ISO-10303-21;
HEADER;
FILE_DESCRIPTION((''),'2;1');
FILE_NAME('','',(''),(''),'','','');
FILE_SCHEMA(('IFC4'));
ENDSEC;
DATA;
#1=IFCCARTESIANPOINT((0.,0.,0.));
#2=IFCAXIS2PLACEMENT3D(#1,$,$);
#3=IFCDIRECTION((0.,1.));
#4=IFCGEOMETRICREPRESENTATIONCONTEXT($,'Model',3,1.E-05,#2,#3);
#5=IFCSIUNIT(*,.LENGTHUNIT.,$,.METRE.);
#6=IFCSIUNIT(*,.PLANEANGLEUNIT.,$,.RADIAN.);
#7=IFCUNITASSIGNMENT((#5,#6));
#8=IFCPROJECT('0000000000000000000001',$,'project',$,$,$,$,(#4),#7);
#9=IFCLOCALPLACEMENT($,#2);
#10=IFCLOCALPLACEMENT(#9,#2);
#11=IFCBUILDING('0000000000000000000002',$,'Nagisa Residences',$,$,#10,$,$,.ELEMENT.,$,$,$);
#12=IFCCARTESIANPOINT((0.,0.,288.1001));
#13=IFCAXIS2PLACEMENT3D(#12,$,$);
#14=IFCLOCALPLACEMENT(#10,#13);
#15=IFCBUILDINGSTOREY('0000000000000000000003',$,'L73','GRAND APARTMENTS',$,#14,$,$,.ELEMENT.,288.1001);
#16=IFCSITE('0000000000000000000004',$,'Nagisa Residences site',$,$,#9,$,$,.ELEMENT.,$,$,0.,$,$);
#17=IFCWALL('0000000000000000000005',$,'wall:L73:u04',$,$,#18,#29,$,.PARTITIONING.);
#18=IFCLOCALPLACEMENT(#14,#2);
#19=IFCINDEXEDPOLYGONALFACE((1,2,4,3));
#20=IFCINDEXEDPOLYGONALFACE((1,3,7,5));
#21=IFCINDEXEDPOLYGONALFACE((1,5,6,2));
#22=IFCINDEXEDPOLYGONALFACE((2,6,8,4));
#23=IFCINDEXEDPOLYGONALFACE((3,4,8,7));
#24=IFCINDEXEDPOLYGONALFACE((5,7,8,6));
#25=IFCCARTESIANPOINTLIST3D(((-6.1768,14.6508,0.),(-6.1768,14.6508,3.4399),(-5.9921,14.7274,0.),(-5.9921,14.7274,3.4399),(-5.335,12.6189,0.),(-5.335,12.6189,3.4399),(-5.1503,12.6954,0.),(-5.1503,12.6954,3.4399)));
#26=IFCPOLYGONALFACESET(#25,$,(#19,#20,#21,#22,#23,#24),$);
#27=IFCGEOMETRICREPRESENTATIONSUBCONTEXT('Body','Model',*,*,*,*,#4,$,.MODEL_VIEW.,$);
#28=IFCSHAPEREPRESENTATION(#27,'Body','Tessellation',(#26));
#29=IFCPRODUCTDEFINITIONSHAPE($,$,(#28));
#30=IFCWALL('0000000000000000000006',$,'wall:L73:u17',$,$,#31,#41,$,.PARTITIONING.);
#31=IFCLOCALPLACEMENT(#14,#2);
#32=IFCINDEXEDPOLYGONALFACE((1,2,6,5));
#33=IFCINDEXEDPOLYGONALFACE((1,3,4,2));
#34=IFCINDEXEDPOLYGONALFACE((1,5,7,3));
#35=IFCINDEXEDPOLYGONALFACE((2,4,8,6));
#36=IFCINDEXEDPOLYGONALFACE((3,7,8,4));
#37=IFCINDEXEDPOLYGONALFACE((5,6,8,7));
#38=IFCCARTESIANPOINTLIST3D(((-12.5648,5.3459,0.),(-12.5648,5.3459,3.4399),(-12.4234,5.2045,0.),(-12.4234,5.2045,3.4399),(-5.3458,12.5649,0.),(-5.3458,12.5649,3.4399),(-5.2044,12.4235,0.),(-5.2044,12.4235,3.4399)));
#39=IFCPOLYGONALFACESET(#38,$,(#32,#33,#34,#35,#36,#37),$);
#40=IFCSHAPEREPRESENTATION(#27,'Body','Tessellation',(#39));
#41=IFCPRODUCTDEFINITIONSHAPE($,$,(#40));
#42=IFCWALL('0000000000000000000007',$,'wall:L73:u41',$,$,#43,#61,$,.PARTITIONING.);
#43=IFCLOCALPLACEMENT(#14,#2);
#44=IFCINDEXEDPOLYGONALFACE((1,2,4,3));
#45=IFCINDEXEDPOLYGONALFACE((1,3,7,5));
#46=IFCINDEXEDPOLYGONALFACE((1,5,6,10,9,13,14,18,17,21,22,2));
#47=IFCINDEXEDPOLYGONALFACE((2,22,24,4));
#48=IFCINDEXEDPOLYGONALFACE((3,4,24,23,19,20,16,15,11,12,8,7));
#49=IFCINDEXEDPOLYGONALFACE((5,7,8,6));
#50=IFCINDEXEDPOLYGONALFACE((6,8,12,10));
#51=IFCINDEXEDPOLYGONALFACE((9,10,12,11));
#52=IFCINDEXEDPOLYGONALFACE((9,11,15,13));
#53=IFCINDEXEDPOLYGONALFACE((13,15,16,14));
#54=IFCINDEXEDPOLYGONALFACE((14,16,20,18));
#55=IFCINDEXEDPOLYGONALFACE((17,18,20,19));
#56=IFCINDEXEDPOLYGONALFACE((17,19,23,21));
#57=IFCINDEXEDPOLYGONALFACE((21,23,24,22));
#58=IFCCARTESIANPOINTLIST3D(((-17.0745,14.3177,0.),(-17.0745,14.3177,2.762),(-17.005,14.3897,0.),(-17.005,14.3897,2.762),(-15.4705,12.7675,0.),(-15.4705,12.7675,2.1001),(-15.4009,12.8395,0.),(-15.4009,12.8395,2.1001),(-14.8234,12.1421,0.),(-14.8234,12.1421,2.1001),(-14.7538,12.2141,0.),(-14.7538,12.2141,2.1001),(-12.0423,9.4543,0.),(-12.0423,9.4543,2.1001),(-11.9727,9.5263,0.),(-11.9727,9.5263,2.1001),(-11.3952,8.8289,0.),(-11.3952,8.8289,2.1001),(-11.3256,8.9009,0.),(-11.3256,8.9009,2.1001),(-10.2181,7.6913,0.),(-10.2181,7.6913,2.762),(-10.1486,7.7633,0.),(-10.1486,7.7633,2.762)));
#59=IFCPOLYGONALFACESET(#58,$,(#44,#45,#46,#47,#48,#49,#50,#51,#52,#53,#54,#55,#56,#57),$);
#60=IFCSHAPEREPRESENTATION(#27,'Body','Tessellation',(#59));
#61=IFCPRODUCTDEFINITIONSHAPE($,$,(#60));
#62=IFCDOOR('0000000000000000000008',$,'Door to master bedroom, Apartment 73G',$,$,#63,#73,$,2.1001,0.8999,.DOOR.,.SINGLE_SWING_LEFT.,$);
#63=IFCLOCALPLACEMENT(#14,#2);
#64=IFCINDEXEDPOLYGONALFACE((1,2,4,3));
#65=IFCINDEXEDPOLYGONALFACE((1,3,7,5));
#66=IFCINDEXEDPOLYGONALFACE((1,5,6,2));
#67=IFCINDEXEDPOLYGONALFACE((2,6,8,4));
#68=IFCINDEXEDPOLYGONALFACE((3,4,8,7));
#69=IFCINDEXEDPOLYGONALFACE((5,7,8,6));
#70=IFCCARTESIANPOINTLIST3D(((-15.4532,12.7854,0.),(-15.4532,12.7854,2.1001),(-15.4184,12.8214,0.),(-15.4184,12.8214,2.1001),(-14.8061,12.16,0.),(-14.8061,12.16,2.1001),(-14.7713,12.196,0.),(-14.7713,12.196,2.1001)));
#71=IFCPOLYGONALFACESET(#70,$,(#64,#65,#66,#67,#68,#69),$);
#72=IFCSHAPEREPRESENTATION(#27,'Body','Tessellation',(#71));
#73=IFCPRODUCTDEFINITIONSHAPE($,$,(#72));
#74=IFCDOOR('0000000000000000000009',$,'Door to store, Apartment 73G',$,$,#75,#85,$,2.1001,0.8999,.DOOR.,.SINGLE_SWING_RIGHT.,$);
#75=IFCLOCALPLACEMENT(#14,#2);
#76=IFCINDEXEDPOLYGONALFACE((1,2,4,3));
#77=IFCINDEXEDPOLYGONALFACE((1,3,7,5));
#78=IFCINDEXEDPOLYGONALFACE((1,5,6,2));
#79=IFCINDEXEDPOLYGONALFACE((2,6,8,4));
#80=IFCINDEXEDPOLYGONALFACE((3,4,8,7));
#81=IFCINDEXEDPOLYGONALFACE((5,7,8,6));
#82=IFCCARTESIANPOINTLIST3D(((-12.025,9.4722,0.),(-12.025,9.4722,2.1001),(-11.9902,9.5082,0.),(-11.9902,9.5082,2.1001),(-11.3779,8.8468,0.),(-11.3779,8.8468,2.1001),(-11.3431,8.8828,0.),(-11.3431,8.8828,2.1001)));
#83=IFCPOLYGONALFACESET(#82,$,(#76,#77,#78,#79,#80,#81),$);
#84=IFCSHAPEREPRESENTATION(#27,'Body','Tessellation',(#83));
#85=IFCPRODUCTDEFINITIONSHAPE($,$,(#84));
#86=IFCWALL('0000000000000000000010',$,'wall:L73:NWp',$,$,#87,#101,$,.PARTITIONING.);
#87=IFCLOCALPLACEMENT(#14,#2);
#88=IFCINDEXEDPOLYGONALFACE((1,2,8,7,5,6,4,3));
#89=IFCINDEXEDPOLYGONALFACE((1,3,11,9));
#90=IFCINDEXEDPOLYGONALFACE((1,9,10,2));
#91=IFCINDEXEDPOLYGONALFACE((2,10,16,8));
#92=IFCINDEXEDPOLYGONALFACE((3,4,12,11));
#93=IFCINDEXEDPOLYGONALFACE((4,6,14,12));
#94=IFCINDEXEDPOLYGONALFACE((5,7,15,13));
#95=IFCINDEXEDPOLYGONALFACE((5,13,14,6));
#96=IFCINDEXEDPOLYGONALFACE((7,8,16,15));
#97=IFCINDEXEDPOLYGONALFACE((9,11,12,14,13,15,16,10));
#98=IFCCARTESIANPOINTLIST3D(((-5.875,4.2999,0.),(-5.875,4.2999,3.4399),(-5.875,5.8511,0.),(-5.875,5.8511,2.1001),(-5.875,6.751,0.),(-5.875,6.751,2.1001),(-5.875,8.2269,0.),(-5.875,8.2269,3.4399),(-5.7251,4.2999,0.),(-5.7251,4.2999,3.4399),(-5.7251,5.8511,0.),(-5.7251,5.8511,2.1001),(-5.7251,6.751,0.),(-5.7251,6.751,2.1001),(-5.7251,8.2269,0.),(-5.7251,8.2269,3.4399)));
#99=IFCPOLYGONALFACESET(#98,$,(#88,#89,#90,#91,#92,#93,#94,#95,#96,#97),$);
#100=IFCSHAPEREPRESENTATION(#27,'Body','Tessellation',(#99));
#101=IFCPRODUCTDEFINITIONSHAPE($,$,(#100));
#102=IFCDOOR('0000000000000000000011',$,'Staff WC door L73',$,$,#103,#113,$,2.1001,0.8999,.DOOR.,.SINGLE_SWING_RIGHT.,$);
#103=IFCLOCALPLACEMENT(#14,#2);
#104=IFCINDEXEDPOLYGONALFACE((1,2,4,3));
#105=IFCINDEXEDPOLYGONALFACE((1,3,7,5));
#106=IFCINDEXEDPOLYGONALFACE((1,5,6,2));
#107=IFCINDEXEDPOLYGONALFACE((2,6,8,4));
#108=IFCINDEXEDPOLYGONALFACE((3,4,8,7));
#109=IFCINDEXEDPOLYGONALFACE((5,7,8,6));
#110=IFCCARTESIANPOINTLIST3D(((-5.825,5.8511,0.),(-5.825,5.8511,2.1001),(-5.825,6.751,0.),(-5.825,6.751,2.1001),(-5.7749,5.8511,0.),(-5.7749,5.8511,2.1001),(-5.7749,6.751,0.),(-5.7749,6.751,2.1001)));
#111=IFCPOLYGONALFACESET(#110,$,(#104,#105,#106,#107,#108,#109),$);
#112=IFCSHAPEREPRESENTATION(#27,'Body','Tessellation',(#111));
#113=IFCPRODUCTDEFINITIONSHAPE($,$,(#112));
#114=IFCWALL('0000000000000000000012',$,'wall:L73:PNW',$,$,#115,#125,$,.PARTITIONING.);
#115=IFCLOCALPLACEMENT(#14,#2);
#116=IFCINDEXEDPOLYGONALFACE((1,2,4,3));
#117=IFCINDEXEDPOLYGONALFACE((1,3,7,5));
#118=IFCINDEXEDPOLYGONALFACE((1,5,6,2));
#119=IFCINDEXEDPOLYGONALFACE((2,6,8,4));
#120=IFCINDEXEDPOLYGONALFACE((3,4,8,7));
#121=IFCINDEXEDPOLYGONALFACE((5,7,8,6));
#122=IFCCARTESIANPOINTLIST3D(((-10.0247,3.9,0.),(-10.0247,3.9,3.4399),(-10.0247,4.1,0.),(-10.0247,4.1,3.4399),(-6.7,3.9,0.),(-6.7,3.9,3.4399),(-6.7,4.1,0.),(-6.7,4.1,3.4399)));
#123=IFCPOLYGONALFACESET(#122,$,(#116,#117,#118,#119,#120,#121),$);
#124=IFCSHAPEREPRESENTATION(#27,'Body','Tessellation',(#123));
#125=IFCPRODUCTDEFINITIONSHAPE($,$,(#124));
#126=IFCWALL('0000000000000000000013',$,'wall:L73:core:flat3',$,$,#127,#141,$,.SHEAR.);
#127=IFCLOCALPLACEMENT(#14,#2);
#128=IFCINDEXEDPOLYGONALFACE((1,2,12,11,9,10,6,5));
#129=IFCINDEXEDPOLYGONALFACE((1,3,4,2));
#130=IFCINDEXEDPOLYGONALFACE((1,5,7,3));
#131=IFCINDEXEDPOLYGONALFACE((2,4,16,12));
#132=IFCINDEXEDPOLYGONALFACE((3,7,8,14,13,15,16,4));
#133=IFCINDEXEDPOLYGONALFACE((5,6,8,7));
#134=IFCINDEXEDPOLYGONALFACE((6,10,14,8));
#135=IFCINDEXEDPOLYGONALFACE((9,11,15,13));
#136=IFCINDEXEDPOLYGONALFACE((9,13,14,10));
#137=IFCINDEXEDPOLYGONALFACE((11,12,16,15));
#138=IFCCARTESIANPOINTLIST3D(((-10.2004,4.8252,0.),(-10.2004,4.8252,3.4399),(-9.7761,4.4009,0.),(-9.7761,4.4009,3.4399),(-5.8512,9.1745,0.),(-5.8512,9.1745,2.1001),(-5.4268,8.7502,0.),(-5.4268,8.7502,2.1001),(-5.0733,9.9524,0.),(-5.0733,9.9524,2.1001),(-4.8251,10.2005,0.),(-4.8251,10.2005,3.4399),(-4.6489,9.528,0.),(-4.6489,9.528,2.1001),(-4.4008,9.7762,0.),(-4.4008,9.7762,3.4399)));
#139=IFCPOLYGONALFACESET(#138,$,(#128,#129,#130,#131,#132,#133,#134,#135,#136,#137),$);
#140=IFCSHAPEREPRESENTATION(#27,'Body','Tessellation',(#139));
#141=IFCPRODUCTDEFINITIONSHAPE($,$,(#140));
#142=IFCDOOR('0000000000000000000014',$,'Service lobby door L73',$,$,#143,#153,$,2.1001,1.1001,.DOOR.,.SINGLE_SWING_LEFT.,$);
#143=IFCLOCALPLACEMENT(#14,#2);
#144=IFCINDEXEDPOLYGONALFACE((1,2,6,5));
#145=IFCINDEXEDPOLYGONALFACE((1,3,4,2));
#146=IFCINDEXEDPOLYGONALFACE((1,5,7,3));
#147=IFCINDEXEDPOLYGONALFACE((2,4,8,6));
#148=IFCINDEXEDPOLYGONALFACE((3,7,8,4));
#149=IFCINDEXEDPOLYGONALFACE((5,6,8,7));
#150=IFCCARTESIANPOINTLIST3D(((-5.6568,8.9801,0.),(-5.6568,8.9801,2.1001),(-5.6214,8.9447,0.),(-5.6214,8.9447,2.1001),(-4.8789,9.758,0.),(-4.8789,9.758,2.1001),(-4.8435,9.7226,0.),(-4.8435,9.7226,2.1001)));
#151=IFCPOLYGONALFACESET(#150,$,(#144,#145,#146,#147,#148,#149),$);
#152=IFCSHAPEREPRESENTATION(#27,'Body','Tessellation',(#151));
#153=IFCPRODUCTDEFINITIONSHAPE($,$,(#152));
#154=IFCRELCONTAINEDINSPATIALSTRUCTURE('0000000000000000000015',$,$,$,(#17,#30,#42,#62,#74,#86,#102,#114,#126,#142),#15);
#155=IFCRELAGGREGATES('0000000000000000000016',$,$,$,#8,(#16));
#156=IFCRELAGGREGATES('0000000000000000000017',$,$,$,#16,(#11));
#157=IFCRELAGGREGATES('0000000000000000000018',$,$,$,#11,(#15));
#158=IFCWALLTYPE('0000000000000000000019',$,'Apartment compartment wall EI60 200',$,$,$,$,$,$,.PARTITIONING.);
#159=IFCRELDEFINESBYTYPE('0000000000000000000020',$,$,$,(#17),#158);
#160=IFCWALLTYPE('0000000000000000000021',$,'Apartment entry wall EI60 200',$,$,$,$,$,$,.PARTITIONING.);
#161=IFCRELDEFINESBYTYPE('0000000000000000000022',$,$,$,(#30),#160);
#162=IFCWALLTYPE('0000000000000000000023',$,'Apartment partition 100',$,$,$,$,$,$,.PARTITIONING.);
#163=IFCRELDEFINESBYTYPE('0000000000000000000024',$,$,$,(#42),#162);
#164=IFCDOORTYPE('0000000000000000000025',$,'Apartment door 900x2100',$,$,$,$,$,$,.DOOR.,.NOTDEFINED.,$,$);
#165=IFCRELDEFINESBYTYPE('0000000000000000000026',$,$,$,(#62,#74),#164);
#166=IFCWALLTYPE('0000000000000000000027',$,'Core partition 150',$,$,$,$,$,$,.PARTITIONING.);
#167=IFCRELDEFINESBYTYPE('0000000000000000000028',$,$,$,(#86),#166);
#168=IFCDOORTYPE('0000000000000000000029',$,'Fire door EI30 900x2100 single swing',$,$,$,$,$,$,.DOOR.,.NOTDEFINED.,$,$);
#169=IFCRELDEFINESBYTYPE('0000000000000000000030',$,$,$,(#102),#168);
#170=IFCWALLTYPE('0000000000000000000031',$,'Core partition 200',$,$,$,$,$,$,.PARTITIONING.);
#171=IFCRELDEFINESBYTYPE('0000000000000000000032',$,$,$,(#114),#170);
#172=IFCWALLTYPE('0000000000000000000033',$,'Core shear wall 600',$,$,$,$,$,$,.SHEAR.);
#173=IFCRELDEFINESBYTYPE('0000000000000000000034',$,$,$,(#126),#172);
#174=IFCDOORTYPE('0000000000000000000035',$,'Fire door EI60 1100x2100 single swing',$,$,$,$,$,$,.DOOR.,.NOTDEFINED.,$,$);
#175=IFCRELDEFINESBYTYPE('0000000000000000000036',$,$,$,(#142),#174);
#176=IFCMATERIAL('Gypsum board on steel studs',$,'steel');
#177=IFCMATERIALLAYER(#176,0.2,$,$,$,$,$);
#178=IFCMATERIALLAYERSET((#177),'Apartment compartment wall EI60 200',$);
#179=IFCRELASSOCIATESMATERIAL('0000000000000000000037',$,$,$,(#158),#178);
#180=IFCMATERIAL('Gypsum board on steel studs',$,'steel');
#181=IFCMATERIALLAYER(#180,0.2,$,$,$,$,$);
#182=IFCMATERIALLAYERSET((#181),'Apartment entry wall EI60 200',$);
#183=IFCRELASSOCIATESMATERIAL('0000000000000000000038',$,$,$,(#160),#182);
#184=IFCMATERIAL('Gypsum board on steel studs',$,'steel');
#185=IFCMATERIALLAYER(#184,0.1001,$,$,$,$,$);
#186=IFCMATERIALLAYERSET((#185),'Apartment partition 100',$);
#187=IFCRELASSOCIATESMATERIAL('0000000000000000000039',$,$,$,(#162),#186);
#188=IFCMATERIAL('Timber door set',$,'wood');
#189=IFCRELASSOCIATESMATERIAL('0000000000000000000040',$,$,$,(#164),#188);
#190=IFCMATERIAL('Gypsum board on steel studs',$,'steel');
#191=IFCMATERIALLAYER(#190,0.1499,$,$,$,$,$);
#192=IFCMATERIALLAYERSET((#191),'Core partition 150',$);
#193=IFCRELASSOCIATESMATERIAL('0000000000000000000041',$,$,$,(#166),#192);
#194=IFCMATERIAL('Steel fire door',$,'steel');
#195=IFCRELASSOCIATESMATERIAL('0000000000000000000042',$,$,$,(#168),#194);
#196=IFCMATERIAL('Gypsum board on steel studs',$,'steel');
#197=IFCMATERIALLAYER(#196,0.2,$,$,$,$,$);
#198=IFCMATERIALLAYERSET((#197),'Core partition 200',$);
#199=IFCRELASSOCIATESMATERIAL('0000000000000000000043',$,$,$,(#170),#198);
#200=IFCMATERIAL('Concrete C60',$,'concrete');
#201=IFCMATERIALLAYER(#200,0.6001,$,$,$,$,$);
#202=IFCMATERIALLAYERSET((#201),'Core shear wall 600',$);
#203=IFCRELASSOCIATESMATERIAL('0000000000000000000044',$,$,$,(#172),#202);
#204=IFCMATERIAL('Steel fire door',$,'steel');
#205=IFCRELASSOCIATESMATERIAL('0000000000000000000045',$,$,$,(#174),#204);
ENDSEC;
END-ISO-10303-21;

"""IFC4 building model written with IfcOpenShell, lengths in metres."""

from ifc_helpers import new_model, si_unit, direction, frame, frame_2d, origin, place, context, subcontext, project, spatial, rectangle, extrude, material, layer, layer_set, type_object, element, fill, save


model = new_model("IFC4")

# Units and contexts
model_context = context("Model", 3, precision=1e-05, world=origin(), true_north=direction((0.0, 1.0)))
body_context = subcontext(model_context, "Body", "Model", "MODEL_VIEW")
ifc_project = project(units=[si_unit("LENGTHUNIT", "METRE"), si_unit("PLANEANGLEUNIT", "RADIAN")], contexts=[model_context])

# Site, building, storey
site_placement = place(None, origin())
site = spatial("IfcSite", under=ifc_project, at=site_placement, Name="Nagisa Residences site", CompositionType="ELEMENT", RefElevation=0.0)
building_placement = place(site_placement, origin())
building = spatial("IfcBuilding", under=site, at=building_placement, Name="Nagisa Residences", CompositionType="ELEMENT")
storey_placement = place(building_placement, frame((0.0, 0.0, 288.1001)))
storey = spatial("IfcBuildingStorey", under=building, at=storey_placement, Name="L73", Description="GRAND APARTMENTS", CompositionType="ELEMENT", Elevation=288.1001)

# Walls
ifc_material_1 = material(Name="Gypsum board on steel studs", Category="steel")
ifc_layer_1 = layer(ifc_material_1, 0.2)
ifc_layer_set_1 = layer_set([ifc_layer_1], Name="Apartment compartment wall EI60 200")
wall_type_1 = type_object("IfcWallType", Name="Apartment compartment wall EI60 200", PredefinedType="PARTITIONING", material=ifc_layer_set_1)
wall_1_placement = place(storey_placement, frame((-5.2427, 12.6572, 0.0), z_axis=(0.0, 0.0, 1.0), x_axis=(-0.382731, 0.92386, 0.0)))
element("IfcWall", 1, at=wall_1_placement, inside=storey, type_object=wall_type_1, Name="wall:L73:u04", PredefinedType="PARTITIONING", context=body_context, shape_type="SweptSolid", body=[
    extrude(rectangle(XDim=2.1995, YDim=0.2, at=frame_2d((1.0996, 0.0))), origin(), (0.0, 0.0, 1.0), 3.4399),
])
ifc_material_2 = material(Name="Gypsum board on steel studs", Category="steel")
ifc_layer_2 = layer(ifc_material_2, 0.2)
ifc_layer_set_2 = layer_set([ifc_layer_2], Name="Apartment entry wall EI60 200")
wall_type_2 = type_object("IfcWallType", Name="Apartment entry wall EI60 200", PredefinedType="PARTITIONING", material=ifc_layer_set_2)
wall_2_placement = place(storey_placement, frame((-5.2751, 12.4941, 0.0), z_axis=(0.0, 0.0, 1.0), x_axis=(-0.707107, -0.707107, 0.0)))
element("IfcWall", 2, at=wall_2_placement, inside=storey, type_object=wall_type_2, Name="wall:L73:u17", PredefinedType="PARTITIONING", context=body_context, shape_type="SweptSolid", body=[
    extrude(rectangle(XDim=10.2092, YDim=0.2, at=frame_2d((5.1045, 0.0))), origin(), (0.0, 0.0, 1.0), 3.4399),
])

# Wall, openings, doors
ifc_material_3 = material(Name="Gypsum board on steel studs", Category="steel")
ifc_layer_3 = layer(ifc_material_3, 0.1001)
ifc_layer_set_3 = layer_set([ifc_layer_3], Name="Apartment partition 100")
wall_type_3 = type_object("IfcWallType", Name="Apartment partition 100", PredefinedType="PARTITIONING", material=ifc_layer_set_3)
wall_3_placement = place(storey_placement, frame((-10.1833, 7.7273, 0.0), z_axis=(0.0, 0.0, 1.0), x_axis=(-0.719063, 0.694944, 0.0)))
wall_3 = element("IfcWall", 3, at=wall_3_placement, inside=storey, type_object=wall_type_3, Name="wall:L73:u41", PredefinedType="PARTITIONING", context=body_context, shape_type="SweptSolid", body=[
    extrude(rectangle(XDim=9.5352, YDim=0.1001, at=frame_2d((4.7676, 0.0))), origin(), (0.0, 0.0, 1.0), 2.762),
])
opening_1_placement = place(wall_3_placement, frame((6.4045, 0.0, 0.0)))
opening_1 = element("IfcOpeningElement", 4, at=opening_1_placement, cuts=wall_3, PredefinedType="OPENING", context=body_context, shape_type="SweptSolid", body=[
    extrude(rectangle(XDim=0.8999, YDim=2.1001, at=frame_2d((0.45, 1.05))), frame((0.0, 0.0601, 0.0), z_axis=(0.0, -1.0, 0.0), x_axis=(1.0, 0.0, 0.0)), (0.0, 0.0, 1.0), 0.1201),
])
opening_2_placement = place(wall_3_placement, frame((1.637, 0.0, 0.0)))
opening_2 = element("IfcOpeningElement", 5, at=opening_2_placement, cuts=wall_3, PredefinedType="OPENING", context=body_context, shape_type="SweptSolid", body=[
    extrude(rectangle(XDim=0.8999, YDim=2.1001, at=frame_2d((0.45, 1.05))), frame((0.0, 0.0601, 0.0), z_axis=(0.0, -1.0, 0.0), x_axis=(1.0, 0.0, 0.0)), (0.0, 0.0, 1.0), 0.1201),
])
ifc_material_4 = material(Name="Timber door set", Category="wood")
door_type_1 = type_object("IfcDoorType", Name="Apartment door 900x2100", OperationType="NOTDEFINED", PredefinedType="DOOR", material=ifc_material_4)
door_1_placement = place(opening_1_placement, frame((0.8999, 0.0, 0.0), x_axis=(-1.0, 0.0, 0.0)))
door_1 = element("IfcDoor", 6, at=door_1_placement, inside=storey, type_object=door_type_1, Name="Door to master bedroom, Apartment 73G", OperationType="SINGLE_SWING_LEFT", OverallHeight=2.1001, OverallWidth=0.8999, PredefinedType="DOOR", context=body_context, shape_type="SweptSolid", body=[
    extrude(rectangle(XDim=0.8999, YDim=2.1001, at=frame_2d((0.45, 1.05))), frame((0.0, 0.0249, 0.0), z_axis=(0.0, -1.0, 0.0), x_axis=(1.0, 0.0, 0.0)), (0.0, 0.0, 1.0), 0.05),
])
fill(opening_1, door_1)
door_2_placement = place(opening_2_placement, frame((0.8999, 0.0, 0.0), x_axis=(-1.0, 0.0, 0.0)))
door_2 = element("IfcDoor", 7, at=door_2_placement, inside=storey, type_object=door_type_1, Name="Door to store, Apartment 73G", OperationType="SINGLE_SWING_RIGHT", OverallHeight=2.1001, OverallWidth=0.8999, PredefinedType="DOOR", context=body_context, shape_type="SweptSolid", body=[
    extrude(rectangle(XDim=0.8999, YDim=2.1001, at=frame_2d((0.45, 1.05))), frame((0.0, 0.0249, 0.0), z_axis=(0.0, -1.0, 0.0), x_axis=(1.0, 0.0, 0.0)), (0.0, 0.0, 1.0), 0.05),
])
fill(opening_2, door_2)

# Wall, opening, door
ifc_material_5 = material(Name="Gypsum board on steel studs", Category="steel")
ifc_layer_4 = layer(ifc_material_5, 0.1499)
ifc_layer_set_4 = layer_set([ifc_layer_4], Name="Core partition 150")
wall_type_4 = type_object("IfcWallType", Name="Core partition 150", PredefinedType="PARTITIONING", material=ifc_layer_set_4)
wall_4_placement = place(storey_placement, frame((-5.8, 4.3, 0.0), z_axis=(0.0, 0.0, 1.0), x_axis=(0.0, 1.0, 0.0)))
wall_4 = element("IfcWall", 8, at=wall_4_placement, inside=storey, type_object=wall_type_4, Name="wall:L73:NWp", PredefinedType="PARTITIONING", context=body_context, shape_type="SweptSolid", body=[
    extrude(rectangle(XDim=3.927, YDim=0.1499, at=frame_2d((1.9634, 0.0))), origin(), (0.0, 0.0, 1.0), 3.4399),
])
opening_3_placement = place(wall_4_placement, frame((1.551, 0.0, 0.0)))
opening_3 = element("IfcOpeningElement", 9, at=opening_3_placement, cuts=wall_4, PredefinedType="OPENING", context=body_context, shape_type="SweptSolid", body=[
    extrude(rectangle(XDim=0.8999, YDim=2.1001, at=frame_2d((0.45, 1.05))), frame((0.0, 0.085, 0.0), z_axis=(0.0, -1.0, 0.0), x_axis=(1.0, 0.0, 0.0)), (0.0, 0.0, 1.0), 0.1699),
])
ifc_material_6 = material(Name="Steel fire door", Category="steel")
door_type_2 = type_object("IfcDoorType", Name="Fire door EI30 900x2100 single swing", OperationType="NOTDEFINED", PredefinedType="DOOR", material=ifc_material_6)
door_3_placement = place(opening_3_placement, origin())
door_3 = element("IfcDoor", 10, at=door_3_placement, inside=storey, type_object=door_type_2, Name="Staff WC door L73", OperationType="SINGLE_SWING_RIGHT", OverallHeight=2.1001, OverallWidth=0.8999, PredefinedType="DOOR", context=body_context, shape_type="SweptSolid", body=[
    extrude(rectangle(XDim=0.8999, YDim=2.1001, at=frame_2d((0.45, 1.05))), frame((0.0, 0.0249, 0.0), z_axis=(0.0, -1.0, 0.0), x_axis=(1.0, 0.0, 0.0)), (0.0, 0.0, 1.0), 0.05),
])
fill(opening_3, door_3)

# Wall
ifc_material_7 = material(Name="Gypsum board on steel studs", Category="steel")
ifc_layer_5 = layer(ifc_material_7, 0.2)
ifc_layer_set_5 = layer_set([ifc_layer_5], Name="Core partition 200")
wall_type_5 = type_object("IfcWallType", Name="Core partition 200", PredefinedType="PARTITIONING", material=ifc_layer_set_5)
wall_5_placement = place(storey_placement, frame((-10.0247, 4.0, 0.0), z_axis=(0.0, 0.0, 1.0), x_axis=(1.0, 0.0, 0.0)))
element("IfcWall", 11, at=wall_5_placement, inside=storey, type_object=wall_type_5, Name="wall:L73:PNW", PredefinedType="PARTITIONING", context=body_context, shape_type="SweptSolid", body=[
    extrude(rectangle(XDim=3.3247, YDim=0.2, at=frame_2d((1.6624, 0.0))), origin(), (0.0, 0.0, 1.0), 3.4399),
])

# Wall, opening, door
ifc_material_8 = material(Name="Concrete C60", Category="concrete")
ifc_layer_6 = layer(ifc_material_8, 0.6001)
ifc_layer_set_6 = layer_set([ifc_layer_6], Name="Core shear wall 600")
wall_type_6 = type_object("IfcWallType", Name="Core shear wall 600", PredefinedType="SHEAR", material=ifc_layer_set_6)
wall_6_placement = place(storey_placement, frame((-4.613, 9.9883, 0.0), z_axis=(0.0, 0.0, 1.0), x_axis=(-0.707107, -0.707107, 0.0)))
wall_6 = element("IfcWall", 12, at=wall_6_placement, inside=storey, type_object=wall_type_6, Name="wall:L73:core:flat3", PredefinedType="SHEAR", context=body_context, shape_type="SweptSolid", body=[
    extrude(rectangle(XDim=7.6018, YDim=0.6001, at=frame_2d((3.8008, 0.0))), origin(), (0.0, 0.0, 1.0), 3.4399),
])
opening_4_placement = place(wall_6_placement, frame((0.3508, 0.0, 0.0)))
opening_4 = element("IfcOpeningElement", 13, at=opening_4_placement, cuts=wall_6, PredefinedType="OPENING", context=body_context, shape_type="SweptSolid", body=[
    extrude(rectangle(XDim=1.1001, YDim=2.1001, at=frame_2d((0.55, 1.05))), frame((0.0, 0.3101, 0.0), z_axis=(0.0, -1.0, 0.0), x_axis=(1.0, 0.0, 0.0)), (0.0, 0.0, 1.0), 0.6201),
])
ifc_material_9 = material(Name="Steel fire door", Category="steel")
door_type_3 = type_object("IfcDoorType", Name="Fire door EI60 1100x2100 single swing", OperationType="NOTDEFINED", PredefinedType="DOOR", material=ifc_material_9)
door_4_placement = place(opening_4_placement, origin())
door_4 = element("IfcDoor", 14, at=door_4_placement, inside=storey, type_object=door_type_3, Name="Service lobby door L73", OperationType="SINGLE_SWING_LEFT", OverallHeight=2.1001, OverallWidth=1.1001, PredefinedType="DOOR", context=body_context, shape_type="SweptSolid", body=[
    extrude(rectangle(XDim=1.1001, YDim=2.1001, at=frame_2d((0.55, 1.05))), frame((0.0, 0.0249, 0.0), z_axis=(0.0, -1.0, 0.0), x_axis=(1.0, 0.0, 0.0)), (0.0, 0.0, 1.0), 0.05),
])
fill(opening_4, door_4)

save(model, "model.ifc")
